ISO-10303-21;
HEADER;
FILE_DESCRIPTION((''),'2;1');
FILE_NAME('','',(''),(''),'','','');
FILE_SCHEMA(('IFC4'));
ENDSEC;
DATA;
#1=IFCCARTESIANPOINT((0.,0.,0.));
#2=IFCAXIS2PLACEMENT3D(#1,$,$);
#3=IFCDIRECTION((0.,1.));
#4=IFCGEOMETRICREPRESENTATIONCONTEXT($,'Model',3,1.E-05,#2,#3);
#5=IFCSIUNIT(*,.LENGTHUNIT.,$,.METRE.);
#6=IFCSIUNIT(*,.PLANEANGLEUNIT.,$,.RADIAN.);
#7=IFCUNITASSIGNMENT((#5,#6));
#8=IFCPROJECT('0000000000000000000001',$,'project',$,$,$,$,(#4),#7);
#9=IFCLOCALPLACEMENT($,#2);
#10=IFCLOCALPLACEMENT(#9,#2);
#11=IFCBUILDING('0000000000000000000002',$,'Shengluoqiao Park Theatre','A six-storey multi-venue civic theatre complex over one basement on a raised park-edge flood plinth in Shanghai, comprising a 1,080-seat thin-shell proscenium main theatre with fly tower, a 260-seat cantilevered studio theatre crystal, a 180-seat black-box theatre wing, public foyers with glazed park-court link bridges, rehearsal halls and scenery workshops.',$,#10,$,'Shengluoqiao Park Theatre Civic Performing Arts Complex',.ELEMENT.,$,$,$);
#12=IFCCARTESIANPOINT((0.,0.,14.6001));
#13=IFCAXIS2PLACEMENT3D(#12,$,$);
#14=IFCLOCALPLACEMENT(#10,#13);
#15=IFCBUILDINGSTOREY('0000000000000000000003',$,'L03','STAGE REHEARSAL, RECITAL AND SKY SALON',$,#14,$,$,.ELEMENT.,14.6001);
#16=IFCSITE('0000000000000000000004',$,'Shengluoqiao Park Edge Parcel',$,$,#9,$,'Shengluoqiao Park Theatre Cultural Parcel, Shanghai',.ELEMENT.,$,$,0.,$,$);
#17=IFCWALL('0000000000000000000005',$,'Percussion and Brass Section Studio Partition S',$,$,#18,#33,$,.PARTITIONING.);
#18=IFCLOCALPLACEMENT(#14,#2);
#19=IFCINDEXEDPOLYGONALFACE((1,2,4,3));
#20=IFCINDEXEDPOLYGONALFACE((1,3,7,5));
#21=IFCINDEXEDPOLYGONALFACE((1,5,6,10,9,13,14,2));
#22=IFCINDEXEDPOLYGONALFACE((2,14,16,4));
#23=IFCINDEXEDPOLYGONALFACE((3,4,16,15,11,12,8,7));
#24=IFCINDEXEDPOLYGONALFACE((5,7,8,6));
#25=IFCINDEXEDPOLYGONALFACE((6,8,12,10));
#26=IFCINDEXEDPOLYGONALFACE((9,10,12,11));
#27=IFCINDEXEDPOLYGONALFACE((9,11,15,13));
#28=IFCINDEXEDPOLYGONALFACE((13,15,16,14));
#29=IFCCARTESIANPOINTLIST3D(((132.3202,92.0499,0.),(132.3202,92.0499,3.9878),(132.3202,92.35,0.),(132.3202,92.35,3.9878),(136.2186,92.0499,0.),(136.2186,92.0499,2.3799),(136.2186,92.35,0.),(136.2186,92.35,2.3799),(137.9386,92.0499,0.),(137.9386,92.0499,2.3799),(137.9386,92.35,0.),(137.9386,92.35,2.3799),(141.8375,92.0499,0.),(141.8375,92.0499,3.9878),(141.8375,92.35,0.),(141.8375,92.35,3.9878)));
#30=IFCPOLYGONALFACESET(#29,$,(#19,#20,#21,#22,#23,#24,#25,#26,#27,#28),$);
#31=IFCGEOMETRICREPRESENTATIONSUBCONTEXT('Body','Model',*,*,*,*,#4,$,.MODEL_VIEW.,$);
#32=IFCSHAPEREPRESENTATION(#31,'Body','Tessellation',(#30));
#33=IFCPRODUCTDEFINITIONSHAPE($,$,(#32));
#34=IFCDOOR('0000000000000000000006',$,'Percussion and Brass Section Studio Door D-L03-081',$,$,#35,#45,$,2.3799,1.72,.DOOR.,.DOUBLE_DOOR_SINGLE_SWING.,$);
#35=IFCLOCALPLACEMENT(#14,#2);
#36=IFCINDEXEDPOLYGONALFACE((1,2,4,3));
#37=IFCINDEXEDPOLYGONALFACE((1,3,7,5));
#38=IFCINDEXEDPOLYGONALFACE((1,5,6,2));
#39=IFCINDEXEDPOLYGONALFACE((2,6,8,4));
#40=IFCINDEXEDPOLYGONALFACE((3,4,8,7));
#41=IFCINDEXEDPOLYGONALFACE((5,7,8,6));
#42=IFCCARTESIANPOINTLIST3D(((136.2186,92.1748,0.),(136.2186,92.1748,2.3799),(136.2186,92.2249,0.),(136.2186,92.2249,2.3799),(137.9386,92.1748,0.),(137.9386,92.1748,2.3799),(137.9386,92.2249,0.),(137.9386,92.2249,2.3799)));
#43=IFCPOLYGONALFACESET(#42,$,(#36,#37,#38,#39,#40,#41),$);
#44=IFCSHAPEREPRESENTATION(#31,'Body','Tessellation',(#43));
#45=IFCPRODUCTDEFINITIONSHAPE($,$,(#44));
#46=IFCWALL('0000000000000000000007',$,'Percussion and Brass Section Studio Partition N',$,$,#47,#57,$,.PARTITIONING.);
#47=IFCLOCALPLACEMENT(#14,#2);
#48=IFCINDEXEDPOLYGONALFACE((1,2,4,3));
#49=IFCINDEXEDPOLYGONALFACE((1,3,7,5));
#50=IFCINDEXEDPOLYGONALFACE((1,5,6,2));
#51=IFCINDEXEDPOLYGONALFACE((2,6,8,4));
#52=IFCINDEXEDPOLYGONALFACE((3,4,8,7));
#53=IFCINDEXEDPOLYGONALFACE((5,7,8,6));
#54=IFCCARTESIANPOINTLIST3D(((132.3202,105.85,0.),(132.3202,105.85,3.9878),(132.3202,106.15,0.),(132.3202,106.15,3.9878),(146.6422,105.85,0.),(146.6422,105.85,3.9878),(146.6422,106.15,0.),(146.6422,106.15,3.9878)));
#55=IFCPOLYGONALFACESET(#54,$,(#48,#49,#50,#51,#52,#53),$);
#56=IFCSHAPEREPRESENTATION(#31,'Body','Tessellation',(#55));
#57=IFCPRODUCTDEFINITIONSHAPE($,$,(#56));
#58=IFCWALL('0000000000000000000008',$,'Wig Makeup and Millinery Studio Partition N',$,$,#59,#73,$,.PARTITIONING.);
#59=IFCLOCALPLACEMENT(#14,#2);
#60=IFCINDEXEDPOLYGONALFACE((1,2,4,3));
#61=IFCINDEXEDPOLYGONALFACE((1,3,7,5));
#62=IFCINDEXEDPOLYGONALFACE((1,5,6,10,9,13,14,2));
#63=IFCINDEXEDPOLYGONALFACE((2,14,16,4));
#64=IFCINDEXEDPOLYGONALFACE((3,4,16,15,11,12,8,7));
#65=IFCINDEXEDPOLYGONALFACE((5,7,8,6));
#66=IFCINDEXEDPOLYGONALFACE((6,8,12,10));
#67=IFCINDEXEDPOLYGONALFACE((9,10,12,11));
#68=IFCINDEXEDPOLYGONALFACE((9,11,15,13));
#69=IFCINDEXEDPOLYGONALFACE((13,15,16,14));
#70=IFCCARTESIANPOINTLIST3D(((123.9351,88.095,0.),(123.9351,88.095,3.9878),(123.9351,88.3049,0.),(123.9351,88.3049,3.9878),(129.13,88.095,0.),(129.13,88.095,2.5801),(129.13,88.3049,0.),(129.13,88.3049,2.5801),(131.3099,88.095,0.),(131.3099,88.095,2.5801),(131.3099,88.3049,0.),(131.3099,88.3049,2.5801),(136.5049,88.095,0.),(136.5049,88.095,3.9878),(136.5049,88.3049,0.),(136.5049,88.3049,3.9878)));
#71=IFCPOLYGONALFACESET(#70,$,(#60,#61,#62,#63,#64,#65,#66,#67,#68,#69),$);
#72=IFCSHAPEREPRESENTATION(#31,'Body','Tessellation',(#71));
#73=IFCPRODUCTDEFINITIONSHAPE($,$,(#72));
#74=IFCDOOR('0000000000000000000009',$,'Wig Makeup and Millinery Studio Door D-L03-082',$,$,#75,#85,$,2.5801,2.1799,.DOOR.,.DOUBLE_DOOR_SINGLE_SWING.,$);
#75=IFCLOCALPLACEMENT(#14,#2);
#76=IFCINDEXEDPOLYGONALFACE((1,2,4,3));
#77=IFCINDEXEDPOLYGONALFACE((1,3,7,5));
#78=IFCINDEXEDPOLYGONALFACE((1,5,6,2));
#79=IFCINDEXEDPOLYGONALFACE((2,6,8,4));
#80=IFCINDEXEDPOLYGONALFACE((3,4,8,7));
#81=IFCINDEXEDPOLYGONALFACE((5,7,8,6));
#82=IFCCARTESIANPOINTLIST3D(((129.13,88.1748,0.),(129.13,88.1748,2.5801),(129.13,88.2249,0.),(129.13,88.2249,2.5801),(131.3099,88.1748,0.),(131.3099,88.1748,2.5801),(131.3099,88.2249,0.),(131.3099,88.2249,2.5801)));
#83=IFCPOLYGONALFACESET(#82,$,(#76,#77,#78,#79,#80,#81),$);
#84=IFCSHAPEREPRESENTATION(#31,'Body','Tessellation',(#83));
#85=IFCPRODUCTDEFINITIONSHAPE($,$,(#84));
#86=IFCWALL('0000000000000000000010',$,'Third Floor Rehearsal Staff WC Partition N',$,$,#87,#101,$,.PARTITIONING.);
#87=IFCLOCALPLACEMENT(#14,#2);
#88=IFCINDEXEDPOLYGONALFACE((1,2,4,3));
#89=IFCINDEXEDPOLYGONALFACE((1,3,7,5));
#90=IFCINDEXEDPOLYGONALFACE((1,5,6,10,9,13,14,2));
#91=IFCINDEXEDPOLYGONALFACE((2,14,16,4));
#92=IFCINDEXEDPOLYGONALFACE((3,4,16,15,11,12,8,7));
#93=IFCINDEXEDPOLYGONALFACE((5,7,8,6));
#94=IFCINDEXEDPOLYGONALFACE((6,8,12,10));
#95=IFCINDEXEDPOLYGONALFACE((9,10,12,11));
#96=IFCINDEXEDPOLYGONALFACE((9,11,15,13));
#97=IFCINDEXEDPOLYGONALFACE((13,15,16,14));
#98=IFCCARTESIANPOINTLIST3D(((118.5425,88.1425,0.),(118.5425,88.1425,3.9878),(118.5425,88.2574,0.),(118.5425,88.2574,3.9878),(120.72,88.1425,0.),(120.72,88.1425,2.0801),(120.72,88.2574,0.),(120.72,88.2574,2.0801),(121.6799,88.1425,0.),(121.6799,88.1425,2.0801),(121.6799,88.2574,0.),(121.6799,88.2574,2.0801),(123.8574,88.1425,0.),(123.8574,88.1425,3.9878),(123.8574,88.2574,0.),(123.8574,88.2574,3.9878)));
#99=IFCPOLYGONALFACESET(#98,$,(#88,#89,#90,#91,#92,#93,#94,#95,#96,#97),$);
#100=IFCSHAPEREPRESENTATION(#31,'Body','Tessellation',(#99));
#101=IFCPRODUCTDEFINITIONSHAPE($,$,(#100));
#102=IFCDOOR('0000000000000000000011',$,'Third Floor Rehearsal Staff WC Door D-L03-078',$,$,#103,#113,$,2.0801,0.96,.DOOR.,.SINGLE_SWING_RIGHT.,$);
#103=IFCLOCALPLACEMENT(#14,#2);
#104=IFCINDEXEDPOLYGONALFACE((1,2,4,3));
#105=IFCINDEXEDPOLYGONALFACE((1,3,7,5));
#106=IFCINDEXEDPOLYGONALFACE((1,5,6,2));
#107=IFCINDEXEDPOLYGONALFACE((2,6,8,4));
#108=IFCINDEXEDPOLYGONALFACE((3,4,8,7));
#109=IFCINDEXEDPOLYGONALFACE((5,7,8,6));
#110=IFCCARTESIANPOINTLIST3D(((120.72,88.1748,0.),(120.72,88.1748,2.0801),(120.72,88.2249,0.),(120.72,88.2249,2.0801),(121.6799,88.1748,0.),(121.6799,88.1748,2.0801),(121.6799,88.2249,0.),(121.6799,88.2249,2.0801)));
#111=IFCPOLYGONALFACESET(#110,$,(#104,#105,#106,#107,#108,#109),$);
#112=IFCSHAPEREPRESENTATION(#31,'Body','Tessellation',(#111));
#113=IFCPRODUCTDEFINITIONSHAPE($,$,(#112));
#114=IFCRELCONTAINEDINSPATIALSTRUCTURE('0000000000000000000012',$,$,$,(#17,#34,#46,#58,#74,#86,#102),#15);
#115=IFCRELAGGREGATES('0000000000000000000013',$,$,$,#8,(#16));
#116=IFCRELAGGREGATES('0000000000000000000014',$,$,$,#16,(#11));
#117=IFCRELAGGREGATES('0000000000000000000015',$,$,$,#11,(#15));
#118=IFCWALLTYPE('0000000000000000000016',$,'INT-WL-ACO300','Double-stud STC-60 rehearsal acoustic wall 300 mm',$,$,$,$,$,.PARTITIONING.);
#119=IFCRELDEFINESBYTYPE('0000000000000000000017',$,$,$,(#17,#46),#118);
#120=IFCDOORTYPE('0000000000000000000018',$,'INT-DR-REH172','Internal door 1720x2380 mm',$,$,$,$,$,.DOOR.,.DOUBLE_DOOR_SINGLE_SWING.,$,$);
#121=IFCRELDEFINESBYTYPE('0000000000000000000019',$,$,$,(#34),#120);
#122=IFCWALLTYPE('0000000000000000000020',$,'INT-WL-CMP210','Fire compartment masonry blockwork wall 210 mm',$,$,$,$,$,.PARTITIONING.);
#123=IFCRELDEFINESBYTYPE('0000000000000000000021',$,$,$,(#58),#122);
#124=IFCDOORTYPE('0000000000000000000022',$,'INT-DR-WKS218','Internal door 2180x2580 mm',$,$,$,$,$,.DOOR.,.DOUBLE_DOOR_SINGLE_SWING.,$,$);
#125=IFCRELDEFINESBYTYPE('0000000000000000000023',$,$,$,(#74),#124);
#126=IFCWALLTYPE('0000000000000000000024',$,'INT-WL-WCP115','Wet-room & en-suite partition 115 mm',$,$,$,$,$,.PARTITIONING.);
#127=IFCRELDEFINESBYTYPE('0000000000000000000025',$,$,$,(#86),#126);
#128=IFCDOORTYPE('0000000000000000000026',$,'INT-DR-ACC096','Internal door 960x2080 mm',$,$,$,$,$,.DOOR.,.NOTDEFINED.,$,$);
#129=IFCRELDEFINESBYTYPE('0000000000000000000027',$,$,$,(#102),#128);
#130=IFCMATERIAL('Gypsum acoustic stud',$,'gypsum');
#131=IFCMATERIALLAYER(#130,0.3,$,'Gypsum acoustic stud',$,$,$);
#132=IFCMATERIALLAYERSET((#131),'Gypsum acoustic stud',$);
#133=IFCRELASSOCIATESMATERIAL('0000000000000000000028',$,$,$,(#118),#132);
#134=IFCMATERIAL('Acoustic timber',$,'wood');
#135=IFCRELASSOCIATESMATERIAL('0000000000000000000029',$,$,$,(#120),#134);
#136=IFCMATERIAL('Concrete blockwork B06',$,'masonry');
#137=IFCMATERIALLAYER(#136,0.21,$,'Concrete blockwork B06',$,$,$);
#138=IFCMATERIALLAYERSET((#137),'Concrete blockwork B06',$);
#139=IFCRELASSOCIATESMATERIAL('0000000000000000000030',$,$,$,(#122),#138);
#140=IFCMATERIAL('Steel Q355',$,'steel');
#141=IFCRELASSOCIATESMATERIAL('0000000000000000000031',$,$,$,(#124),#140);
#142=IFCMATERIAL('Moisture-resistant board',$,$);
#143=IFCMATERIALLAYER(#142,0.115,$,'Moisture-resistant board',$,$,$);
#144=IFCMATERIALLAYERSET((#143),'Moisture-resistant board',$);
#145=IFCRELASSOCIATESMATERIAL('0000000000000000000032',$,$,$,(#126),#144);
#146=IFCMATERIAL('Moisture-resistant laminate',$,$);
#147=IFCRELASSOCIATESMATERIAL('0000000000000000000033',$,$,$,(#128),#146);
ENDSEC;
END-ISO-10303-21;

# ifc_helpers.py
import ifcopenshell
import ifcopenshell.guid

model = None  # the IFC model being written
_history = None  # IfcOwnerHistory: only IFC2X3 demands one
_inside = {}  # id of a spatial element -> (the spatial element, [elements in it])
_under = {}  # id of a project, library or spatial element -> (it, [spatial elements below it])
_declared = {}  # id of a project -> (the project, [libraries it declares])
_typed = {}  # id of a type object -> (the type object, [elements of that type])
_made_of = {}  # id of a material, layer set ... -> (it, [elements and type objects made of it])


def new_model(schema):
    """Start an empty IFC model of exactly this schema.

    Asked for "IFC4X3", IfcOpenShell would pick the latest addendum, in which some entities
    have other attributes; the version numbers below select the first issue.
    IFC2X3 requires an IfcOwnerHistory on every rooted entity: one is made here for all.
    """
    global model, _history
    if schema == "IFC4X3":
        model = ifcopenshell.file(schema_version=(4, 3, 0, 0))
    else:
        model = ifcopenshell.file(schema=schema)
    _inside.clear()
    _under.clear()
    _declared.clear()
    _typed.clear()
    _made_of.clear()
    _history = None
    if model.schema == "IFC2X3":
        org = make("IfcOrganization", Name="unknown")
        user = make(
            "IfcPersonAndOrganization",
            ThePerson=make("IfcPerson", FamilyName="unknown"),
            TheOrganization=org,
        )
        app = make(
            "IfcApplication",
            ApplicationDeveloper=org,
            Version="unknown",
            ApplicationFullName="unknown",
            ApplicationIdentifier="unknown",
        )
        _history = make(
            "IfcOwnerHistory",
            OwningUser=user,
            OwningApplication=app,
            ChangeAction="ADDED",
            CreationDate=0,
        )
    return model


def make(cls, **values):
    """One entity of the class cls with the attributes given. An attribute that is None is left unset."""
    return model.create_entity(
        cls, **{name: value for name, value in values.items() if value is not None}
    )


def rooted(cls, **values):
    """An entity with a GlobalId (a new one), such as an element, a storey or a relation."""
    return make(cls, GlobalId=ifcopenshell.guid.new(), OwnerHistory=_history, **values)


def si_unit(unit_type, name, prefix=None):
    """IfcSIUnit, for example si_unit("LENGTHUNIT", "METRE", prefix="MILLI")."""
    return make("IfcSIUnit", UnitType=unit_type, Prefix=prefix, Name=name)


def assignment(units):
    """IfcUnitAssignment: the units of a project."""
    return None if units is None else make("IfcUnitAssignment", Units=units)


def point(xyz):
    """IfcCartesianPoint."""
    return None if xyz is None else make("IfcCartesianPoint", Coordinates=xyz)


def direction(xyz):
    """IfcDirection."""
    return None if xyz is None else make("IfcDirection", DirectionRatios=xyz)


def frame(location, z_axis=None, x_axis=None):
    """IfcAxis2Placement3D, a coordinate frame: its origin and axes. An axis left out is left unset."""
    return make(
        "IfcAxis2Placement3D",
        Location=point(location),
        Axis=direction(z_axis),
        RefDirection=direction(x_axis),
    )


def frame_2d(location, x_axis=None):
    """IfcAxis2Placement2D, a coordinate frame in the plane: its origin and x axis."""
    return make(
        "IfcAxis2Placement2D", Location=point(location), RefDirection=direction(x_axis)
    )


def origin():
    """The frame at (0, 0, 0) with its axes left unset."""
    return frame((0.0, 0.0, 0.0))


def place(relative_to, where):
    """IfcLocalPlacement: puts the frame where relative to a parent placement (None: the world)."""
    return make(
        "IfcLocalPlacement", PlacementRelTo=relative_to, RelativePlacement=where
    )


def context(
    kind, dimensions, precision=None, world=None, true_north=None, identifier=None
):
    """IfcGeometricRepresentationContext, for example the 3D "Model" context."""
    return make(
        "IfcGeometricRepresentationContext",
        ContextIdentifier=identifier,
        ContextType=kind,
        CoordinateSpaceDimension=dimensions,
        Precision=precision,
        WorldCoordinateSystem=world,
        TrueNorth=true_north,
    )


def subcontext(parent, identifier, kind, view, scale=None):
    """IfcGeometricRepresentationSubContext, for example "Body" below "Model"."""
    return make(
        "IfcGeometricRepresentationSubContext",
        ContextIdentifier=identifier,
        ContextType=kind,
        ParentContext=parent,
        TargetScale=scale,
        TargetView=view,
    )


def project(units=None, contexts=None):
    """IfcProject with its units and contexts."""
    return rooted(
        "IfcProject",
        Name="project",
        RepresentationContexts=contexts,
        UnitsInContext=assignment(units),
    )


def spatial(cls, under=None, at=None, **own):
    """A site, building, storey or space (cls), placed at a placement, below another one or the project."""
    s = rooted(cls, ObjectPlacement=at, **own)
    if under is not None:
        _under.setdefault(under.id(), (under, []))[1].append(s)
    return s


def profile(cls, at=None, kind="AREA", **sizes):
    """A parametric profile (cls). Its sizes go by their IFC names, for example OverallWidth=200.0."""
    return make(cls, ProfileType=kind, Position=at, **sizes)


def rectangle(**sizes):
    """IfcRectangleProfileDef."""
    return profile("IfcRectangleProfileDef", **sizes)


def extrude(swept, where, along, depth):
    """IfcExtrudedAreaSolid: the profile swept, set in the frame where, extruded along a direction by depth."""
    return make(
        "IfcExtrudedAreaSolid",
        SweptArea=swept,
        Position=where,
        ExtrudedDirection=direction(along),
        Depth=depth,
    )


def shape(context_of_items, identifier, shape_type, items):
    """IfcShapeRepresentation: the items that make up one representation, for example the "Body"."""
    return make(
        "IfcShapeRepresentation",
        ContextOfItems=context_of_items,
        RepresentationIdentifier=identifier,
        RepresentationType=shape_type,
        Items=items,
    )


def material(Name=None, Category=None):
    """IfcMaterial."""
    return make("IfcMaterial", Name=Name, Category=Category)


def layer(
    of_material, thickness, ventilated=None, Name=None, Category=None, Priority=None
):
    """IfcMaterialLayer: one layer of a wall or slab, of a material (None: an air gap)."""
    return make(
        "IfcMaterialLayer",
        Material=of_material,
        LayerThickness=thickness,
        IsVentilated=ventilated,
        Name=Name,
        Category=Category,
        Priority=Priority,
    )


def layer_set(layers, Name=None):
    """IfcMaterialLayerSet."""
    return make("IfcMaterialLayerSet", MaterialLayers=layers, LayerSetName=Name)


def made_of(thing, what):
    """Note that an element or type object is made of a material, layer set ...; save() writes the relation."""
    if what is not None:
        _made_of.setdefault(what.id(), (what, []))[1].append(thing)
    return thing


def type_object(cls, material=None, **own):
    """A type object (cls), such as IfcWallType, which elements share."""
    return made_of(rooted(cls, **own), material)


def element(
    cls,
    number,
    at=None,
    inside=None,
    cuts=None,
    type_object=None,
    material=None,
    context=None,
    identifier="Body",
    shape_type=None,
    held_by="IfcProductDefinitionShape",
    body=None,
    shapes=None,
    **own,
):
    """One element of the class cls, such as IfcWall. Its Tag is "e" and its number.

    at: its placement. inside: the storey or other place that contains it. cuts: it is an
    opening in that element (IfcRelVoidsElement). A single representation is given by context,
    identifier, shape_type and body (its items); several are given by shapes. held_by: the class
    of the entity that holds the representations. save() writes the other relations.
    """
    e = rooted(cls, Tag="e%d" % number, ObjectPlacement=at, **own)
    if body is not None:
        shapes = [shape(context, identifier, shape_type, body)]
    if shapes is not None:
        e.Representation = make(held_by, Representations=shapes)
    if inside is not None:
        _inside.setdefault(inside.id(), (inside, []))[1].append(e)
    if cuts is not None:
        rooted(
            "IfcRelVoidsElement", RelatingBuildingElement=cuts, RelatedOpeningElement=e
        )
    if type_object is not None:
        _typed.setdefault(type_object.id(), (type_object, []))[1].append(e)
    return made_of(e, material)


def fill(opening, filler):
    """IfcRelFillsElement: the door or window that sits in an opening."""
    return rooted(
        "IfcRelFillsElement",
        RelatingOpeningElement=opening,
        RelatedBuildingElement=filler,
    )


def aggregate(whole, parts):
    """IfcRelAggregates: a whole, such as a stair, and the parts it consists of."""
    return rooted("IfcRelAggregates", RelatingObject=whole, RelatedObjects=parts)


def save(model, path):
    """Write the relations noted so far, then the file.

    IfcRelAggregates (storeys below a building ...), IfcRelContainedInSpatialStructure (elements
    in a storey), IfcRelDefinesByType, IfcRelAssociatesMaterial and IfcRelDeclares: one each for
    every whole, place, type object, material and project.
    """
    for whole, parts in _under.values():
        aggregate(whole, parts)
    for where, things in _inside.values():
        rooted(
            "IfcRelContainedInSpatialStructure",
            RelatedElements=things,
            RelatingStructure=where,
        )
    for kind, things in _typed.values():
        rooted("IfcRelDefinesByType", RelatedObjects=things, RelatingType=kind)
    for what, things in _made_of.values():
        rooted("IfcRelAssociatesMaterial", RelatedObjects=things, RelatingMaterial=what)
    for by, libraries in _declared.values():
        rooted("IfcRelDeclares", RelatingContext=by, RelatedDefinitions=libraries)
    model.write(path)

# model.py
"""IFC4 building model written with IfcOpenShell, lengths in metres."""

from ifc_helpers import new_model, si_unit, direction, frame, frame_2d, origin, place, context, subcontext, project, spatial, rectangle, extrude, material, layer, layer_set, type_object, element, fill, save


model = new_model("IFC4")

# Units and contexts
model_context = context("Model", 3, precision=1e-05, world=origin(), true_north=direction((0.0, 1.0)))
body_context = subcontext(model_context, "Body", "Model", "MODEL_VIEW")
ifc_project = project(units=[si_unit("LENGTHUNIT", "METRE"), si_unit("PLANEANGLEUNIT", "RADIAN")], contexts=[model_context])

# Site, building, storey
site_placement = place(None, origin())
site = spatial("IfcSite", under=ifc_project, at=site_placement, Name="Shengluoqiao Park Edge Parcel", LongName="Shengluoqiao Park Theatre Cultural Parcel, Shanghai", CompositionType="ELEMENT", RefElevation=0.0)
building_placement = place(site_placement, origin())
building = spatial("IfcBuilding", under=site, at=building_placement, Name="Shengluoqiao Park Theatre", Description="A six-storey multi-venue civic theatre complex over one basement on a raised park-edge flood plinth in Shanghai, comprising a 1,080-seat thin-shell proscenium main theatre with fly tower, a 260-seat cantilevered studio theatre crystal, a 180-seat black-box theatre wing, public foyers with glazed park-court link bridges, rehearsal halls and scenery workshops.", LongName="Shengluoqiao Park Theatre Civic Performing Arts Complex", CompositionType="ELEMENT")
storey_placement = place(building_placement, frame((0.0, 0.0, 14.6001)))
storey = spatial("IfcBuildingStorey", under=building, at=storey_placement, Name="L03", Description="STAGE REHEARSAL, RECITAL AND SKY SALON", CompositionType="ELEMENT", Elevation=14.6001)

# Shared definitions
ifc_material_1 = material(Name="Steel Q355", Category="steel")

# Shared definitions
ifc_material_2 = material(Name="Gypsum acoustic stud", Category="gypsum")
ifc_layer_1 = layer(ifc_material_2, 0.3, Name="Gypsum acoustic stud")
ifc_layer_set_1 = layer_set([ifc_layer_1], Name="Gypsum acoustic stud")
wall_type_1 = type_object("IfcWallType", Name="INT-WL-ACO300", Description="Double-stud STC-60 rehearsal acoustic wall 300 mm", PredefinedType="PARTITIONING", material=ifc_layer_set_1)

# Wall, opening, door
wall_1_placement = place(storey_placement, frame((132.3201, 92.2, 0.0), z_axis=(0.0, 0.0, 1.0), x_axis=(1.0, 0.0, 0.0)))
wall_1 = element("IfcWall", 1, at=wall_1_placement, inside=storey, type_object=wall_type_1, Name="Percussion and Brass Section Studio Partition S", PredefinedType="PARTITIONING", context=body_context, shape_type="SweptSolid", body=[
    extrude(rectangle(XDim=9.5173, YDim=0.3, at=frame_2d((4.7588, 0.0))), origin(), (0.0, 0.0, 1.0), 3.9878),
])
opening_1_placement = place(wall_1_placement, frame((3.8987, 0.0, 0.0)))
opening_1 = element("IfcOpeningElement", 2, at=opening_1_placement, cuts=wall_1, PredefinedType="OPENING", context=body_context, shape_type="SweptSolid", body=[
    extrude(rectangle(XDim=1.72, YDim=2.3799, at=frame_2d((0.8599, 1.1899))), frame((0.0, 0.1599, 0.0), z_axis=(0.0, -1.0, 0.0), x_axis=(1.0, 0.0, 0.0)), (0.0, 0.0, 1.0), 0.3201),
])
ifc_material_3 = material(Name="Acoustic timber", Category="wood")
door_type_1 = type_object("IfcDoorType", Name="INT-DR-REH172", Description="Internal door 1720x2380 mm", OperationType="DOUBLE_DOOR_SINGLE_SWING", PredefinedType="DOOR", material=ifc_material_3)
door_1_placement = place(opening_1_placement, origin())
door_1 = element("IfcDoor", 3, at=door_1_placement, inside=storey, type_object=door_type_1, Name="Percussion and Brass Section Studio Door D-L03-081", OperationType="DOUBLE_DOOR_SINGLE_SWING", OverallHeight=2.3799, OverallWidth=1.72, PredefinedType="DOOR", context=body_context, shape_type="SweptSolid", body=[
    extrude(rectangle(XDim=1.72, YDim=2.3799, at=frame_2d((0.8599, 1.1899))), frame((0.0, 0.0249, 0.0), z_axis=(0.0, -1.0, 0.0), x_axis=(1.0, 0.0, 0.0)), (0.0, 0.0, 1.0), 0.05),
])
fill(opening_1, door_1)

# Wall
wall_2_placement = place(storey_placement, frame((132.3201, 106.0, 0.0), z_axis=(0.0, 0.0, 1.0), x_axis=(1.0, 0.0, 0.0)))
element("IfcWall", 4, at=wall_2_placement, inside=storey, type_object=wall_type_1, Name="Percussion and Brass Section Studio Partition N", PredefinedType="PARTITIONING", context=body_context, shape_type="SweptSolid", body=[
    extrude(rectangle(XDim=14.322, YDim=0.3, at=frame_2d((7.1611, 0.0))), origin(), (0.0, 0.0, 1.0), 3.9878),
])

# Walls, openings, doors
ifc_material_4 = material(Name="Concrete blockwork B06", Category="masonry")
ifc_layer_2 = layer(ifc_material_4, 0.21, Name="Concrete blockwork B06")
ifc_layer_set_2 = layer_set([ifc_layer_2], Name="Concrete blockwork B06")
wall_type_2 = type_object("IfcWallType", Name="INT-WL-CMP210", Description="Fire compartment masonry blockwork wall 210 mm", PredefinedType="PARTITIONING", material=ifc_layer_set_2)
wall_3_placement = place(storey_placement, frame((123.9351, 88.2, 0.0), z_axis=(0.0, 0.0, 1.0), x_axis=(1.0, 0.0, 0.0)))
wall_3 = element("IfcWall", 5, at=wall_3_placement, inside=storey, type_object=wall_type_2, Name="Wig Makeup and Millinery Studio Partition N", PredefinedType="PARTITIONING", context=body_context, shape_type="SweptSolid", body=[
    extrude(rectangle(XDim=12.5698, YDim=0.21, at=frame_2d((6.2849, 0.0))), origin(), (0.0, 0.0, 1.0), 3.9878),
])
opening_2_placement = place(wall_3_placement, frame((5.1951, 0.0, 0.0)))
opening_2 = element("IfcOpeningElement", 6, at=opening_2_placement, cuts=wall_3, PredefinedType="OPENING", context=body_context, shape_type="SweptSolid", body=[
    extrude(rectangle(XDim=2.1799, YDim=2.5801, at=frame_2d((1.0898, 1.29))), frame((0.0, 0.115, 0.0), z_axis=(0.0, -1.0, 0.0), x_axis=(1.0, 0.0, 0.0)), (0.0, 0.0, 1.0), 0.23),
])
door_type_2 = type_object("IfcDoorType", Name="INT-DR-WKS218", Description="Internal door 2180x2580 mm", OperationType="DOUBLE_DOOR_SINGLE_SWING", PredefinedType="DOOR", material=ifc_material_1)
door_2_placement = place(opening_2_placement, origin())
door_2 = element("IfcDoor", 7, at=door_2_placement, inside=storey, type_object=door_type_2, Name="Wig Makeup and Millinery Studio Door D-L03-082", OperationType="DOUBLE_DOOR_SINGLE_SWING", OverallHeight=2.5801, OverallWidth=2.1799, PredefinedType="DOOR", context=body_context, shape_type="SweptSolid", body=[
    extrude(rectangle(XDim=2.1799, YDim=2.5801, at=frame_2d((1.0898, 1.29))), frame((0.0, 0.0249, 0.0), z_axis=(0.0, -1.0, 0.0), x_axis=(1.0, 0.0, 0.0)), (0.0, 0.0, 1.0), 0.05),
])
fill(opening_2, door_2)
ifc_material_5 = material(Name="Moisture-resistant board")
ifc_layer_3 = layer(ifc_material_5, 0.115, Name="Moisture-resistant board")
ifc_layer_set_3 = layer_set([ifc_layer_3], Name="Moisture-resistant board")
wall_type_3 = type_object("IfcWallType", Name="INT-WL-WCP115", Description="Wet-room & en-suite partition 115 mm", PredefinedType="PARTITIONING", material=ifc_layer_set_3)
wall_4_placement = place(storey_placement, frame((118.5425, 88.2, 0.0), z_axis=(0.0, 0.0, 1.0), x_axis=(1.0, 0.0, 0.0)))
wall_4 = element("IfcWall", 8, at=wall_4_placement, inside=storey, type_object=wall_type_3, Name="Third Floor Rehearsal Staff WC Partition N", PredefinedType="PARTITIONING", context=body_context, shape_type="SweptSolid", body=[
    extrude(rectangle(XDim=5.3149, YDim=0.115, at=frame_2d((2.6575, 0.0))), origin(), (0.0, 0.0, 1.0), 3.9878),
])
opening_3_placement = place(wall_4_placement, frame((2.1775, 0.0, 0.0)))
opening_3 = element("IfcOpeningElement", 9, at=opening_3_placement, cuts=wall_4, PredefinedType="OPENING", context=body_context, shape_type="SweptSolid", body=[
    extrude(rectangle(XDim=0.96, YDim=2.0801, at=frame_2d((0.48, 1.04))), frame((0.0, 0.0674, 0.0), z_axis=(0.0, -1.0, 0.0), x_axis=(1.0, 0.0, 0.0)), (0.0, 0.0, 1.0), 0.135),
])
ifc_material_6 = material(Name="Moisture-resistant laminate")
door_type_3 = type_object("IfcDoorType", Name="INT-DR-ACC096", Description="Internal door 960x2080 mm", OperationType="NOTDEFINED", PredefinedType="DOOR", material=ifc_material_6)
door_3_placement = place(opening_3_placement, origin())
door_3 = element("IfcDoor", 10, at=door_3_placement, inside=storey, type_object=door_type_3, Name="Third Floor Rehearsal Staff WC Door D-L03-078", OperationType="SINGLE_SWING_RIGHT", OverallHeight=2.0801, OverallWidth=0.96, PredefinedType="DOOR", context=body_context, shape_type="SweptSolid", body=[
    extrude(rectangle(XDim=0.96, YDim=2.0801, at=frame_2d((0.48, 1.04))), frame((0.0, 0.0249, 0.0), z_axis=(0.0, -1.0, 0.0), x_axis=(1.0, 0.0, 0.0)), (0.0, 0.0, 1.0), 0.05),
])
fill(opening_3, door_3)

save(model, "model.ifc")
